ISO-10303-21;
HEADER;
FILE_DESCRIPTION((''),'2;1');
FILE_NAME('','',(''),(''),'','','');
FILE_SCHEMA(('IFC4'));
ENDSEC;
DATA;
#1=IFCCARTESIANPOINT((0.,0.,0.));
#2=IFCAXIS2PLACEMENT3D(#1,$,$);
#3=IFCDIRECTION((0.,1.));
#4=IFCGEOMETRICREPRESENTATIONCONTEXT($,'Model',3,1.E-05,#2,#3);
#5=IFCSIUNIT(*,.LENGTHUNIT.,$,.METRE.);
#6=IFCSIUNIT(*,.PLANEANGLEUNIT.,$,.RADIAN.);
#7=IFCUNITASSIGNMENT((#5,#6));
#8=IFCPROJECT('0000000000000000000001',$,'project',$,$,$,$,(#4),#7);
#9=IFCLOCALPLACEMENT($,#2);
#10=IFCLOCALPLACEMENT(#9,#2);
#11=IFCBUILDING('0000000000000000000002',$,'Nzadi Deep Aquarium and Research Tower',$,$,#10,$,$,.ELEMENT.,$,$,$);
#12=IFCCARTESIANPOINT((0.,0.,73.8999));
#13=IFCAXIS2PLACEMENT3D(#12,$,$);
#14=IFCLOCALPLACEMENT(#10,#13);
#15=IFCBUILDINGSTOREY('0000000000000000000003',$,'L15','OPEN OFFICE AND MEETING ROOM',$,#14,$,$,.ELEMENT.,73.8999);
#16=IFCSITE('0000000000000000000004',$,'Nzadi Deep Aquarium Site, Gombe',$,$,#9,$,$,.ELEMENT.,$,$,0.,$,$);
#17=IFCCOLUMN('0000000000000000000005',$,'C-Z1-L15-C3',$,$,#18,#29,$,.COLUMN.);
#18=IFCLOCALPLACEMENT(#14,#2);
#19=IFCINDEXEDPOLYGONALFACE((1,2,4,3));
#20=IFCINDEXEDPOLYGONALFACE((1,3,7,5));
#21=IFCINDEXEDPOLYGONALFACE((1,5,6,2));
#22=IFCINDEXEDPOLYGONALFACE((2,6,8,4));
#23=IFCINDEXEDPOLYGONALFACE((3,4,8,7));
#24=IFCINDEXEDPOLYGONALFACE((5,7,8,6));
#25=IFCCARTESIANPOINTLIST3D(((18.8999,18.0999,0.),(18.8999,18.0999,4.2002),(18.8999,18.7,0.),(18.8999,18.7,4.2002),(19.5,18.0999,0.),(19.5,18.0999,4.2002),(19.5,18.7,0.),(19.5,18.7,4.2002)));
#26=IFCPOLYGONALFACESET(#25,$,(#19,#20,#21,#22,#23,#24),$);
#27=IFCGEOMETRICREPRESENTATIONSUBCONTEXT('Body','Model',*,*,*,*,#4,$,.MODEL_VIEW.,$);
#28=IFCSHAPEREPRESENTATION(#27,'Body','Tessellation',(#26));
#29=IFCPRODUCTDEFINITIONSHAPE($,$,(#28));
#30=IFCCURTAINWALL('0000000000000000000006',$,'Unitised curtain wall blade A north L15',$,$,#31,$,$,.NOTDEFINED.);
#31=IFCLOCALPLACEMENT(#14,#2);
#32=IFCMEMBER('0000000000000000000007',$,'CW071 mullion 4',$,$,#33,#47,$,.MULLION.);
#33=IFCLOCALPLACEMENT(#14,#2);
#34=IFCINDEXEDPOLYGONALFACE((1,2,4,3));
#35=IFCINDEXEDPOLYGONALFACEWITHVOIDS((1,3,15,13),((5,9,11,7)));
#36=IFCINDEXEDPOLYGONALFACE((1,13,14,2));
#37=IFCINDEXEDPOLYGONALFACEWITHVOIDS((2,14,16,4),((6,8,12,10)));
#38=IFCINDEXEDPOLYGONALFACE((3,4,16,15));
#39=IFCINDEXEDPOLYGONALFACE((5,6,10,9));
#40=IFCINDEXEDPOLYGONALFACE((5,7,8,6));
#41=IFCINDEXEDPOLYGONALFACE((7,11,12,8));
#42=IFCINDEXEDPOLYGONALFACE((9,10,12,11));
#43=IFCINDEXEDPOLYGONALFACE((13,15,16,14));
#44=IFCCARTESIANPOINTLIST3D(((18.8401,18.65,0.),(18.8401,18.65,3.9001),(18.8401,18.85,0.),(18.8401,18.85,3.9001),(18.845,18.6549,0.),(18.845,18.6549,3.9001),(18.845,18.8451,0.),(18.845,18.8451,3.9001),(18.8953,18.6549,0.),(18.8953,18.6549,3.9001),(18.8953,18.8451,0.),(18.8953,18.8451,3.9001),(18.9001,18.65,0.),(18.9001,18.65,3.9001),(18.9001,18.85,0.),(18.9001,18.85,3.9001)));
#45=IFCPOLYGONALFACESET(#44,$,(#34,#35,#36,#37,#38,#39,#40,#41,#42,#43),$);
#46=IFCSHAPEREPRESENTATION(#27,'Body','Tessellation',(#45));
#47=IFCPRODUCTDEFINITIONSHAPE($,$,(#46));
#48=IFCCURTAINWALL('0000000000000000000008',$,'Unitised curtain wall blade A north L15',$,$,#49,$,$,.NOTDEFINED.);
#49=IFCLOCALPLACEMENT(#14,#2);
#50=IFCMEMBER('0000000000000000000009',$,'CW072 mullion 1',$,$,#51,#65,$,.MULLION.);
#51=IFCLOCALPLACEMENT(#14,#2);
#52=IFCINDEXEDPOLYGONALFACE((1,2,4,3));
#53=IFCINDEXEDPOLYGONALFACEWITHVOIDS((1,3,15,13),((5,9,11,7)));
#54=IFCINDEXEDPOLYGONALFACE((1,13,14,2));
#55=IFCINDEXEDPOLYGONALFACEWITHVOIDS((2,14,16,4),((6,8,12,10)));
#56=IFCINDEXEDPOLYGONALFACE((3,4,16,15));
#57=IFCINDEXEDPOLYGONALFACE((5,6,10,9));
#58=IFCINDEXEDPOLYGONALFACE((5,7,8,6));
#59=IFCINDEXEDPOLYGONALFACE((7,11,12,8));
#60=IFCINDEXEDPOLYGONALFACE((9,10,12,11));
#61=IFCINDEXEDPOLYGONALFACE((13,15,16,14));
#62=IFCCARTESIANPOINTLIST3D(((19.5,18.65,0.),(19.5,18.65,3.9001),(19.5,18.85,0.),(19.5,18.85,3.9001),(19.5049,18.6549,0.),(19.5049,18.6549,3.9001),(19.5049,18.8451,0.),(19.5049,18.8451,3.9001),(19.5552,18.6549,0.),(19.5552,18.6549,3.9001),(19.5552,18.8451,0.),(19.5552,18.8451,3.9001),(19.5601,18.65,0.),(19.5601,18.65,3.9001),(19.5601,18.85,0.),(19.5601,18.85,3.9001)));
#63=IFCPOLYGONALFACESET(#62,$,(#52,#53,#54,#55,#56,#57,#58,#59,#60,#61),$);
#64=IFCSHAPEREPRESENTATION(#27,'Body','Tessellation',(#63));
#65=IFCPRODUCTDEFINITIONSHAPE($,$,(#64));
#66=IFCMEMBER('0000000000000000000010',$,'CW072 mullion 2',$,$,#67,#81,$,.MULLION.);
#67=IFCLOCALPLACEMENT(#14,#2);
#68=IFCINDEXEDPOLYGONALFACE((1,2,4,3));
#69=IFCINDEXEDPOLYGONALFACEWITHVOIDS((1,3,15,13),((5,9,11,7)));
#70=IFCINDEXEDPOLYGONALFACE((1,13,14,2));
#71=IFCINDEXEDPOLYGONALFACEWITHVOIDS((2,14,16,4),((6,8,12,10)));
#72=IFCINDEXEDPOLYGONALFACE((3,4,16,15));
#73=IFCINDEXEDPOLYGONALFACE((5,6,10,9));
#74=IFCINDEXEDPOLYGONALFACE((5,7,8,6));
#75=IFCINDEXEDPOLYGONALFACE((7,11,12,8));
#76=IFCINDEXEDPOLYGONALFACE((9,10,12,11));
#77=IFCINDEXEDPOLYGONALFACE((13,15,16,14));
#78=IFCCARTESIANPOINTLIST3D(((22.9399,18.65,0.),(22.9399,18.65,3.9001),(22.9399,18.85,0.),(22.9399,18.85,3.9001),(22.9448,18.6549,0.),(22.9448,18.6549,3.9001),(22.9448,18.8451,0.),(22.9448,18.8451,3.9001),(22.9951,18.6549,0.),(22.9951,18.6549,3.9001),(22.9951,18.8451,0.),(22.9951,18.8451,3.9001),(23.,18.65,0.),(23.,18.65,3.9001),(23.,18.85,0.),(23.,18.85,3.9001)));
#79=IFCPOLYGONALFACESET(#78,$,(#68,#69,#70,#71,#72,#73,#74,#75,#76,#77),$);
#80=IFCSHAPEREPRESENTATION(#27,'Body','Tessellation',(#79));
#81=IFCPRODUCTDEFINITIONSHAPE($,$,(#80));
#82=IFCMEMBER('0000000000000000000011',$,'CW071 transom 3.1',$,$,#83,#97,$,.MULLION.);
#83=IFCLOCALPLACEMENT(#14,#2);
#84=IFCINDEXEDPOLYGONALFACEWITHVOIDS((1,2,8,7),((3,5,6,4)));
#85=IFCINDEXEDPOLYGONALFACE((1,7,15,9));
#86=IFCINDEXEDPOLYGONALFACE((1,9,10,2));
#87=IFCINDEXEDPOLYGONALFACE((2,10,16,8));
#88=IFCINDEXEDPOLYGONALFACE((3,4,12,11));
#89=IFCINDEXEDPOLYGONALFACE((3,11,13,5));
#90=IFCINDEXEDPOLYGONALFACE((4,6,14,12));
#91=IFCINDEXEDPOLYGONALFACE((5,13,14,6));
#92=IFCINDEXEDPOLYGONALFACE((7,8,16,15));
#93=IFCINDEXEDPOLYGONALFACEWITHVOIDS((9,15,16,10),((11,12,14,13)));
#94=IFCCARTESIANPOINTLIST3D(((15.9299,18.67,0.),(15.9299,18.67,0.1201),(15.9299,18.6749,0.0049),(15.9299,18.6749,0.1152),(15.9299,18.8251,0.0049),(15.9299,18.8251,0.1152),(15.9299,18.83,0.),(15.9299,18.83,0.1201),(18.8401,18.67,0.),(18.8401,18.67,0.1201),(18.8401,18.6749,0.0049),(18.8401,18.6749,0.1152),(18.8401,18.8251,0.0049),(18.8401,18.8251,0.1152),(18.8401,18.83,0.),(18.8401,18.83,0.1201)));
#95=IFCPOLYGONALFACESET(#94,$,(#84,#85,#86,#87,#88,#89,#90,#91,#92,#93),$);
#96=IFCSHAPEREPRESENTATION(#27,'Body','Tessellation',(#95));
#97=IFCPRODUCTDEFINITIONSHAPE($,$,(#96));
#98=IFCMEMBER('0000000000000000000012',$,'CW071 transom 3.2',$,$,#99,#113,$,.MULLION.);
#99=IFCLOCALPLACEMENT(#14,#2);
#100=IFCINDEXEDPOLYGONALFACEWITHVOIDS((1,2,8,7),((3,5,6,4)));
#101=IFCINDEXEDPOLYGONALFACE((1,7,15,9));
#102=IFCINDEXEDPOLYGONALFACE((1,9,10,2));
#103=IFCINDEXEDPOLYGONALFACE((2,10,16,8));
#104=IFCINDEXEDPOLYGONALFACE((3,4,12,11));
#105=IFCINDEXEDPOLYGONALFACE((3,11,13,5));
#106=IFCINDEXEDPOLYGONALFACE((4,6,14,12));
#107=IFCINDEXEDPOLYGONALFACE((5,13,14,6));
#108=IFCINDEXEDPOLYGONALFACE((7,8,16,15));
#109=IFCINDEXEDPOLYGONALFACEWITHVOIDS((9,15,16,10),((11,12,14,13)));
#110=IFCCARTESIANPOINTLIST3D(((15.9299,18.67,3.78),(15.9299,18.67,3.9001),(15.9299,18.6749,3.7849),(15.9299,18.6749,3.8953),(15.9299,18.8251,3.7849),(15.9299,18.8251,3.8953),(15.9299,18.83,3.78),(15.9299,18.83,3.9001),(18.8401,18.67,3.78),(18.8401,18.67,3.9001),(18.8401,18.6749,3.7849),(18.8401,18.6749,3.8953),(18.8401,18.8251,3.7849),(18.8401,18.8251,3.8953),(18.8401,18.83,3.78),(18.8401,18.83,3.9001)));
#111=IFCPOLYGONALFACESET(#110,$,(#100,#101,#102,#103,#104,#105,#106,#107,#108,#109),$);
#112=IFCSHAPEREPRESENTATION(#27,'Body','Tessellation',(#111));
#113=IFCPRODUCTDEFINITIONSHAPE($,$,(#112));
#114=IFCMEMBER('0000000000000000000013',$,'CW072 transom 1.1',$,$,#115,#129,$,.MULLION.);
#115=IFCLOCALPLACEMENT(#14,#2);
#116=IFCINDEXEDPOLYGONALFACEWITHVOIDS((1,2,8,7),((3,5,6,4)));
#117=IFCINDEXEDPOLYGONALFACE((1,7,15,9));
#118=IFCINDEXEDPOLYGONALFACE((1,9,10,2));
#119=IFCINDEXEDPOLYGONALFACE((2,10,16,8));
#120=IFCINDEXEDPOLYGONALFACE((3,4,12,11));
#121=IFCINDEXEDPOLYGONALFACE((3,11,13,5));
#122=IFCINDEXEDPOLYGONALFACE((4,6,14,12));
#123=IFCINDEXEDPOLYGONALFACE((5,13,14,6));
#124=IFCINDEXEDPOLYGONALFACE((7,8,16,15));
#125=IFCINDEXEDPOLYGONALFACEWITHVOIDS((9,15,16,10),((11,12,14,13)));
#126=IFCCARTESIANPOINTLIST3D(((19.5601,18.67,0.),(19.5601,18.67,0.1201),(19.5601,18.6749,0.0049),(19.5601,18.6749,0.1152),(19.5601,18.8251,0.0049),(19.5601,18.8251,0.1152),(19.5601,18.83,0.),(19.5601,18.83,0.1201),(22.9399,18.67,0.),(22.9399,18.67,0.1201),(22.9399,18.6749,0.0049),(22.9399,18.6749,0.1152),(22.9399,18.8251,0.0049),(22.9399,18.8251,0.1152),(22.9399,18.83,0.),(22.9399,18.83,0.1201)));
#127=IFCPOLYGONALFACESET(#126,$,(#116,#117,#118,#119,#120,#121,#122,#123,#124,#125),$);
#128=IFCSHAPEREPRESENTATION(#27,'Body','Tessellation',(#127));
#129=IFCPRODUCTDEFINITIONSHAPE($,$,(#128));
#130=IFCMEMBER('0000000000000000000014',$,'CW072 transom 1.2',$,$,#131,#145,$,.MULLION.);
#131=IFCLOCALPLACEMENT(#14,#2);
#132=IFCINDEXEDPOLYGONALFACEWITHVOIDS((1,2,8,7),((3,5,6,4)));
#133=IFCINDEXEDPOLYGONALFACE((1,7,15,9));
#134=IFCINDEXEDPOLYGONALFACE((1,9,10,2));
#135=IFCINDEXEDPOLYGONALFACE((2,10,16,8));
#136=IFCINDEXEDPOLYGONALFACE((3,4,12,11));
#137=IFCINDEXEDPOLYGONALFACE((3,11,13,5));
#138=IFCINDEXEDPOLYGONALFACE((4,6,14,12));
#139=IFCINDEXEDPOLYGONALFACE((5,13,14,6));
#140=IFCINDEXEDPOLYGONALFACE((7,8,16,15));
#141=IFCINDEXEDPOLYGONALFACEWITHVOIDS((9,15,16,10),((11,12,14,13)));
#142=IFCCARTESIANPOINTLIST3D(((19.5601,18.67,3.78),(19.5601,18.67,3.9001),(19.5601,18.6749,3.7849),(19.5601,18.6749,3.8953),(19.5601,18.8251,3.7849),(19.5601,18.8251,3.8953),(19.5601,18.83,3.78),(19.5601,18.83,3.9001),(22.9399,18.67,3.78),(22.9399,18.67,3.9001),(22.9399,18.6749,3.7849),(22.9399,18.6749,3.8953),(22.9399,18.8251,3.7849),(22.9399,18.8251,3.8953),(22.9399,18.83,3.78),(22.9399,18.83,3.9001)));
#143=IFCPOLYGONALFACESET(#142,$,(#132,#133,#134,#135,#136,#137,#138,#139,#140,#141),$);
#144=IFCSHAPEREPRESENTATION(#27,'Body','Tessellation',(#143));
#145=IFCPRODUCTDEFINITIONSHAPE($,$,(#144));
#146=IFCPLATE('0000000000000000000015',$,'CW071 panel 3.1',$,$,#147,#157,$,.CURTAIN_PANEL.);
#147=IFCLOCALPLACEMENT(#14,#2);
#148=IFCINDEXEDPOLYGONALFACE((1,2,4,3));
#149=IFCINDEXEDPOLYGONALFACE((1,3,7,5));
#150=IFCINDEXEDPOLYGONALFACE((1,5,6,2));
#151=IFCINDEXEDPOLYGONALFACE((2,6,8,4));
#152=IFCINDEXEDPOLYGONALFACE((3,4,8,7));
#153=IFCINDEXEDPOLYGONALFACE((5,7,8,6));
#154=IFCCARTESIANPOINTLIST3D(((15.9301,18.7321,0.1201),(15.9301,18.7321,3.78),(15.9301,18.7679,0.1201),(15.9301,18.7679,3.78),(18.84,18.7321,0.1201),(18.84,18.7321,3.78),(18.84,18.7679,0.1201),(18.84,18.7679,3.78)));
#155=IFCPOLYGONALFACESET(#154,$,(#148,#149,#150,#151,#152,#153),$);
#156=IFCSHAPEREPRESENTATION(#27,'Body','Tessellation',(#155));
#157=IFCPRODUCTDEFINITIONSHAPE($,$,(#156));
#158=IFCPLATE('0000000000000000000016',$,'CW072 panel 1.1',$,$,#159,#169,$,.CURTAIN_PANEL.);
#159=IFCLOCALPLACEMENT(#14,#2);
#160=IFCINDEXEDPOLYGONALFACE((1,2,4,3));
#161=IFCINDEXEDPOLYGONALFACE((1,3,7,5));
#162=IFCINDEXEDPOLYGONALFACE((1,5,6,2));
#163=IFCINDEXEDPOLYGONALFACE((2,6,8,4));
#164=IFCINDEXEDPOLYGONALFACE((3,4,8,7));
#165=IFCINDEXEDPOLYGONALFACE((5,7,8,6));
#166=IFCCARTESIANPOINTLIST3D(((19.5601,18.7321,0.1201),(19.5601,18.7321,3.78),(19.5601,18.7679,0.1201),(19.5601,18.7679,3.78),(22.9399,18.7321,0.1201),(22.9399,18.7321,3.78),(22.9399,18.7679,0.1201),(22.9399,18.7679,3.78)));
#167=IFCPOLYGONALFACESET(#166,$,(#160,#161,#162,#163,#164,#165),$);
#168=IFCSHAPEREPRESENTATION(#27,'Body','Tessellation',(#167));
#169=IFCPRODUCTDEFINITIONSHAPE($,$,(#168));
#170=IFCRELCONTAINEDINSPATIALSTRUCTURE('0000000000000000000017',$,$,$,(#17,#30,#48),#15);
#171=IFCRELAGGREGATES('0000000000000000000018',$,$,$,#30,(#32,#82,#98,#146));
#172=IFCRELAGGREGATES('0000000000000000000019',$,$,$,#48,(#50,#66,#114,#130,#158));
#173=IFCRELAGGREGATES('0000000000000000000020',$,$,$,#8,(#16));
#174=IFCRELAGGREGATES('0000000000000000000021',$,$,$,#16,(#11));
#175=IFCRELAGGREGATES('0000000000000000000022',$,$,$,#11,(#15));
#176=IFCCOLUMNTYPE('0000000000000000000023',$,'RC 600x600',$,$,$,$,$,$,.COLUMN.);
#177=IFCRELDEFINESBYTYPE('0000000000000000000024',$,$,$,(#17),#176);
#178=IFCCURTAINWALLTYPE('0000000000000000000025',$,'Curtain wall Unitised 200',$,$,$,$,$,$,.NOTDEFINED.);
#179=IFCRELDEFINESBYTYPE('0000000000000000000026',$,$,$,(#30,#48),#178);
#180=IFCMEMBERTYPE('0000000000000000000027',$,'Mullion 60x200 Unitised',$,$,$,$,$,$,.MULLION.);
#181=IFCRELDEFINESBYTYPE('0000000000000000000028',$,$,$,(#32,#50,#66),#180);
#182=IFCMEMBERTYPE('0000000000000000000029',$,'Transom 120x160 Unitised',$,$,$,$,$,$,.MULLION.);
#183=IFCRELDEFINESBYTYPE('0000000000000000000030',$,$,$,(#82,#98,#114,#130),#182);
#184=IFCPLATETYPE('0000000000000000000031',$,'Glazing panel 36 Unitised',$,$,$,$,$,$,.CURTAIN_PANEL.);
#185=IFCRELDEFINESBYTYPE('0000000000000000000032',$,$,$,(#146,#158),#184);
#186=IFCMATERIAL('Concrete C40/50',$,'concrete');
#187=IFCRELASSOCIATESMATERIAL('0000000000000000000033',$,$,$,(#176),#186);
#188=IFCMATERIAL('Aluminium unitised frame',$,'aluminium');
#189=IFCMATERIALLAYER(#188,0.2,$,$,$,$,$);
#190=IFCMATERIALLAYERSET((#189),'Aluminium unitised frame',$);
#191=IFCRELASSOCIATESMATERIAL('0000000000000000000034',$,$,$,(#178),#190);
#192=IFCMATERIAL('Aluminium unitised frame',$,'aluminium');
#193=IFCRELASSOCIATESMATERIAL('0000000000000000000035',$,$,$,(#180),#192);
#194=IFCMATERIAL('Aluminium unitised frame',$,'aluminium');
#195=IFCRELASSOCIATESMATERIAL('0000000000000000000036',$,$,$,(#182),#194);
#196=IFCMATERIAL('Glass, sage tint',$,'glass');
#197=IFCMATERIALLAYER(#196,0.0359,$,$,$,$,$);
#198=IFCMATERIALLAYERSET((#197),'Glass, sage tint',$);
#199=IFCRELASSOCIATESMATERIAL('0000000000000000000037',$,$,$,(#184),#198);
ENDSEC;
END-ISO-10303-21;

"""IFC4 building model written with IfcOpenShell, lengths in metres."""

from ifc_helpers import new_model, si_unit, direction, frame, origin, origin_2d, place, context, subcontext, project, spatial, rectangle, hollow_rectangle, extrude, material, layer, layer_set, material_profile, profile_set, type_object, element, aggregate, save


model = new_model("IFC4")

# Units and contexts
model_context = context("Model", 3, precision=1e-05, world=origin(), true_north=direction((0.0, 1.0)))
body_context = subcontext(model_context, "Body", "Model", "MODEL_VIEW")
ifc_project = project(units=[si_unit("LENGTHUNIT", "METRE"), si_unit("PLANEANGLEUNIT", "RADIAN")], contexts=[model_context])

# Site, building, storey
site_placement = place(None, origin())
site = spatial("IfcSite", under=ifc_project, at=site_placement, Name="Nzadi Deep Aquarium Site, Gombe", CompositionType="ELEMENT", RefElevation=0.0)
building_placement = place(site_placement, origin())
building = spatial("IfcBuilding", under=site, at=building_placement, Name="Nzadi Deep Aquarium and Research Tower", CompositionType="ELEMENT")
storey_placement = place(building_placement, frame((0.0, 0.0, 73.8999)))
storey = spatial("IfcBuildingStorey", under=building, at=storey_placement, Name="L15", Description="OPEN OFFICE AND MEETING ROOM", CompositionType="ELEMENT", Elevation=73.8999)

# Column
ifc_material_1 = material(Name="Concrete C40/50", Category="concrete")
ifc_material_profile_1 = material_profile(ifc_material_1, rectangle(XDim=0.6001, YDim=0.6001, at=origin_2d()))
ifc_profile_set_1 = profile_set([ifc_material_profile_1], Name="Concrete C40/50")
column_type = type_object("IfcColumnType", Name="RC 600x600", PredefinedType="COLUMN", material=ifc_profile_set_1)
column_placement = place(storey_placement, frame((19.2, 18.3999, 0.0), z_axis=(0.0, 0.0, 1.0), x_axis=(1.0, 0.0, 0.0)))
element("IfcColumn", 1, at=column_placement, inside=storey, type_object=column_type, Name="C-Z1-L15-C3", PredefinedType="COLUMN", context=body_context, shape_type="SweptSolid", body=[
    extrude(rectangle(XDim=0.6001, YDim=0.6001, at=origin_2d()), origin(), (0.0, 0.0, 1.0), 4.2002),
])

# Curtain wall, member
ifc_material_2 = material(Name="Aluminium unitised frame", Category="aluminium")
ifc_layer_1 = layer(ifc_material_2, 0.2)
ifc_layer_set_1 = layer_set([ifc_layer_1], Name="Aluminium unitised frame")
curtain_wall_type = type_object("IfcCurtainWallType", Name="Curtain wall Unitised 200", PredefinedType="NOTDEFINED", material=ifc_layer_set_1)
curtain_wall_1_placement = place(storey_placement, origin())
curtain_wall_1 = element("IfcCurtainWall", 2, at=curtain_wall_1_placement, inside=storey, type_object=curtain_wall_type, Name="Unitised curtain wall blade A north L15", PredefinedType="NOTDEFINED")
ifc_material_3 = material(Name="Aluminium unitised frame", Category="aluminium")
ifc_material_profile_2 = material_profile(ifc_material_3, hollow_rectangle(XDim=0.2, YDim=0.0601, WallThickness=0.0049, at=origin_2d()))
ifc_profile_set_2 = profile_set([ifc_material_profile_2], Name="Aluminium unitised frame")
member_type_1 = type_object("IfcMemberType", Name="Mullion 60x200 Unitised", PredefinedType="MULLION", material=ifc_profile_set_2)
member_1_placement = place(storey_placement, frame((18.8701, 18.75, 0.0), z_axis=(0.0, 0.0, 1.0), x_axis=(0.0, 1.0, 0.0)))
member_1 = element("IfcMember", 3, at=member_1_placement, type_object=member_type_1, Name="CW071 mullion 4", PredefinedType="MULLION", context=body_context, shape_type="SweptSolid", body=[
    extrude(hollow_rectangle(XDim=0.2, YDim=0.0601, WallThickness=0.0049, at=origin_2d()), origin(), (0.0, 0.0, 1.0), 3.9001),
])

# Curtain wall, members
curtain_wall_2_placement = place(storey_placement, origin())
curtain_wall_2 = element("IfcCurtainWall", 4, at=curtain_wall_2_placement, inside=storey, type_object=curtain_wall_type, Name="Unitised curtain wall blade A north L15", PredefinedType="NOTDEFINED")
member_2_placement = place(storey_placement, frame((19.53, 18.75, 0.0), z_axis=(0.0, 0.0, 1.0), x_axis=(0.0, 1.0, 0.0)))
member_2 = element("IfcMember", 5, at=member_2_placement, type_object=member_type_1, Name="CW072 mullion 1", PredefinedType="MULLION", context=body_context, shape_type="SweptSolid", body=[
    extrude(hollow_rectangle(XDim=0.2, YDim=0.0601, WallThickness=0.0049, at=origin_2d()), origin(), (0.0, 0.0, 1.0), 3.9001),
])
member_3_placement = place(storey_placement, frame((22.97, 18.75, 0.0), z_axis=(0.0, 0.0, 1.0), x_axis=(0.0, 1.0, 0.0)))
member_3 = element("IfcMember", 6, at=member_3_placement, type_object=member_type_1, Name="CW072 mullion 2", PredefinedType="MULLION", context=body_context, shape_type="SweptSolid", body=[
    extrude(hollow_rectangle(XDim=0.2, YDim=0.0601, WallThickness=0.0049, at=origin_2d()), origin(), (0.0, 0.0, 1.0), 3.9001),
])

# Members
ifc_material_4 = material(Name="Aluminium unitised frame", Category="aluminium")
ifc_material_profile_3 = material_profile(ifc_material_4, hollow_rectangle(XDim=0.1599, YDim=0.1201, WallThickness=0.0049, at=origin_2d()))
ifc_profile_set_3 = profile_set([ifc_material_profile_3], Name="Aluminium unitised frame")
member_type_2 = type_object("IfcMemberType", Name="Transom 120x160 Unitised", PredefinedType="MULLION", material=ifc_profile_set_3)
member_4_placement = place(storey_placement, frame((15.9299, 18.75, 0.0601), z_axis=(1.0, 0.0, 0.0), x_axis=(0.0, 1.0, 0.0)))
member_4 = element("IfcMember", 7, at=member_4_placement, type_object=member_type_2, Name="CW071 transom 3.1", PredefinedType="MULLION", context=body_context, shape_type="SweptSolid", body=[
    extrude(hollow_rectangle(XDim=0.1599, YDim=0.1201, WallThickness=0.0049, at=origin_2d()), origin(), (0.0, 0.0, 1.0), 2.9102),
])
member_5_placement = place(storey_placement, frame((15.9299, 18.75, 3.8401), z_axis=(1.0, 0.0, 0.0), x_axis=(0.0, 1.0, 0.0)))
member_5 = element("IfcMember", 8, at=member_5_placement, type_object=member_type_2, Name="CW071 transom 3.2", PredefinedType="MULLION", context=body_context, shape_type="SweptSolid", body=[
    extrude(hollow_rectangle(XDim=0.1599, YDim=0.1201, WallThickness=0.0049, at=origin_2d()), origin(), (0.0, 0.0, 1.0), 2.9102),
])
member_6_placement = place(storey_placement, frame((19.5601, 18.75, 0.0601), z_axis=(1.0, 0.0, 0.0), x_axis=(0.0, 1.0, 0.0)))
member_6 = element("IfcMember", 9, at=member_6_placement, type_object=member_type_2, Name="CW072 transom 1.1", PredefinedType="MULLION", context=body_context, shape_type="SweptSolid", body=[
    extrude(hollow_rectangle(XDim=0.1599, YDim=0.1201, WallThickness=0.0049, at=origin_2d()), origin(), (0.0, 0.0, 1.0), 3.3799),
])
member_7_placement = place(storey_placement, frame((19.5601, 18.75, 3.8401), z_axis=(1.0, 0.0, 0.0), x_axis=(0.0, 1.0, 0.0)))
member_7 = element("IfcMember", 10, at=member_7_placement, type_object=member_type_2, Name="CW072 transom 1.2", PredefinedType="MULLION", context=body_context, shape_type="SweptSolid", body=[
    extrude(hollow_rectangle(XDim=0.1599, YDim=0.1201, WallThickness=0.0049, at=origin_2d()), origin(), (0.0, 0.0, 1.0), 3.3799),
])

# Plates
ifc_material_5 = material(Name="Glass, sage tint", Category="glass")
ifc_layer_2 = layer(ifc_material_5, 0.0359)
ifc_layer_set_2 = layer_set([ifc_layer_2], Name="Glass, sage tint")
plate_type = type_object("IfcPlateType", Name="Glazing panel 36 Unitised", PredefinedType="CURTAIN_PANEL", material=ifc_layer_set_2)
plate_1_placement = place(storey_placement, frame((17.385, 18.75, 0.1201), z_axis=(0.0, 0.0, 1.0), x_axis=(1.0, 0.0, 0.0)))
plate_1 = element("IfcPlate", 11, at=plate_1_placement, type_object=plate_type, Name="CW071 panel 3.1", PredefinedType="CURTAIN_PANEL", context=body_context, shape_type="SweptSolid", body=[
    extrude(rectangle(XDim=2.9099, YDim=0.0359, at=origin_2d()), origin(), (0.0, 0.0, 1.0), 3.6599),
])
aggregate(curtain_wall_1, [member_1, member_4, member_5, plate_1])
plate_2_placement = place(storey_placement, frame((21.25, 18.75, 0.1201), z_axis=(0.0, 0.0, 1.0), x_axis=(1.0, 0.0, 0.0)))
plate_2 = element("IfcPlate", 12, at=plate_2_placement, type_object=plate_type, Name="CW072 panel 1.1", PredefinedType="CURTAIN_PANEL", context=body_context, shape_type="SweptSolid", body=[
    extrude(rectangle(XDim=3.3799, YDim=0.0359, at=origin_2d()), origin(), (0.0, 0.0, 1.0), 3.6599),
])
aggregate(curtain_wall_2, [member_2, member_3, member_6, member_7, plate_2])

save(model, "model.ifc")
